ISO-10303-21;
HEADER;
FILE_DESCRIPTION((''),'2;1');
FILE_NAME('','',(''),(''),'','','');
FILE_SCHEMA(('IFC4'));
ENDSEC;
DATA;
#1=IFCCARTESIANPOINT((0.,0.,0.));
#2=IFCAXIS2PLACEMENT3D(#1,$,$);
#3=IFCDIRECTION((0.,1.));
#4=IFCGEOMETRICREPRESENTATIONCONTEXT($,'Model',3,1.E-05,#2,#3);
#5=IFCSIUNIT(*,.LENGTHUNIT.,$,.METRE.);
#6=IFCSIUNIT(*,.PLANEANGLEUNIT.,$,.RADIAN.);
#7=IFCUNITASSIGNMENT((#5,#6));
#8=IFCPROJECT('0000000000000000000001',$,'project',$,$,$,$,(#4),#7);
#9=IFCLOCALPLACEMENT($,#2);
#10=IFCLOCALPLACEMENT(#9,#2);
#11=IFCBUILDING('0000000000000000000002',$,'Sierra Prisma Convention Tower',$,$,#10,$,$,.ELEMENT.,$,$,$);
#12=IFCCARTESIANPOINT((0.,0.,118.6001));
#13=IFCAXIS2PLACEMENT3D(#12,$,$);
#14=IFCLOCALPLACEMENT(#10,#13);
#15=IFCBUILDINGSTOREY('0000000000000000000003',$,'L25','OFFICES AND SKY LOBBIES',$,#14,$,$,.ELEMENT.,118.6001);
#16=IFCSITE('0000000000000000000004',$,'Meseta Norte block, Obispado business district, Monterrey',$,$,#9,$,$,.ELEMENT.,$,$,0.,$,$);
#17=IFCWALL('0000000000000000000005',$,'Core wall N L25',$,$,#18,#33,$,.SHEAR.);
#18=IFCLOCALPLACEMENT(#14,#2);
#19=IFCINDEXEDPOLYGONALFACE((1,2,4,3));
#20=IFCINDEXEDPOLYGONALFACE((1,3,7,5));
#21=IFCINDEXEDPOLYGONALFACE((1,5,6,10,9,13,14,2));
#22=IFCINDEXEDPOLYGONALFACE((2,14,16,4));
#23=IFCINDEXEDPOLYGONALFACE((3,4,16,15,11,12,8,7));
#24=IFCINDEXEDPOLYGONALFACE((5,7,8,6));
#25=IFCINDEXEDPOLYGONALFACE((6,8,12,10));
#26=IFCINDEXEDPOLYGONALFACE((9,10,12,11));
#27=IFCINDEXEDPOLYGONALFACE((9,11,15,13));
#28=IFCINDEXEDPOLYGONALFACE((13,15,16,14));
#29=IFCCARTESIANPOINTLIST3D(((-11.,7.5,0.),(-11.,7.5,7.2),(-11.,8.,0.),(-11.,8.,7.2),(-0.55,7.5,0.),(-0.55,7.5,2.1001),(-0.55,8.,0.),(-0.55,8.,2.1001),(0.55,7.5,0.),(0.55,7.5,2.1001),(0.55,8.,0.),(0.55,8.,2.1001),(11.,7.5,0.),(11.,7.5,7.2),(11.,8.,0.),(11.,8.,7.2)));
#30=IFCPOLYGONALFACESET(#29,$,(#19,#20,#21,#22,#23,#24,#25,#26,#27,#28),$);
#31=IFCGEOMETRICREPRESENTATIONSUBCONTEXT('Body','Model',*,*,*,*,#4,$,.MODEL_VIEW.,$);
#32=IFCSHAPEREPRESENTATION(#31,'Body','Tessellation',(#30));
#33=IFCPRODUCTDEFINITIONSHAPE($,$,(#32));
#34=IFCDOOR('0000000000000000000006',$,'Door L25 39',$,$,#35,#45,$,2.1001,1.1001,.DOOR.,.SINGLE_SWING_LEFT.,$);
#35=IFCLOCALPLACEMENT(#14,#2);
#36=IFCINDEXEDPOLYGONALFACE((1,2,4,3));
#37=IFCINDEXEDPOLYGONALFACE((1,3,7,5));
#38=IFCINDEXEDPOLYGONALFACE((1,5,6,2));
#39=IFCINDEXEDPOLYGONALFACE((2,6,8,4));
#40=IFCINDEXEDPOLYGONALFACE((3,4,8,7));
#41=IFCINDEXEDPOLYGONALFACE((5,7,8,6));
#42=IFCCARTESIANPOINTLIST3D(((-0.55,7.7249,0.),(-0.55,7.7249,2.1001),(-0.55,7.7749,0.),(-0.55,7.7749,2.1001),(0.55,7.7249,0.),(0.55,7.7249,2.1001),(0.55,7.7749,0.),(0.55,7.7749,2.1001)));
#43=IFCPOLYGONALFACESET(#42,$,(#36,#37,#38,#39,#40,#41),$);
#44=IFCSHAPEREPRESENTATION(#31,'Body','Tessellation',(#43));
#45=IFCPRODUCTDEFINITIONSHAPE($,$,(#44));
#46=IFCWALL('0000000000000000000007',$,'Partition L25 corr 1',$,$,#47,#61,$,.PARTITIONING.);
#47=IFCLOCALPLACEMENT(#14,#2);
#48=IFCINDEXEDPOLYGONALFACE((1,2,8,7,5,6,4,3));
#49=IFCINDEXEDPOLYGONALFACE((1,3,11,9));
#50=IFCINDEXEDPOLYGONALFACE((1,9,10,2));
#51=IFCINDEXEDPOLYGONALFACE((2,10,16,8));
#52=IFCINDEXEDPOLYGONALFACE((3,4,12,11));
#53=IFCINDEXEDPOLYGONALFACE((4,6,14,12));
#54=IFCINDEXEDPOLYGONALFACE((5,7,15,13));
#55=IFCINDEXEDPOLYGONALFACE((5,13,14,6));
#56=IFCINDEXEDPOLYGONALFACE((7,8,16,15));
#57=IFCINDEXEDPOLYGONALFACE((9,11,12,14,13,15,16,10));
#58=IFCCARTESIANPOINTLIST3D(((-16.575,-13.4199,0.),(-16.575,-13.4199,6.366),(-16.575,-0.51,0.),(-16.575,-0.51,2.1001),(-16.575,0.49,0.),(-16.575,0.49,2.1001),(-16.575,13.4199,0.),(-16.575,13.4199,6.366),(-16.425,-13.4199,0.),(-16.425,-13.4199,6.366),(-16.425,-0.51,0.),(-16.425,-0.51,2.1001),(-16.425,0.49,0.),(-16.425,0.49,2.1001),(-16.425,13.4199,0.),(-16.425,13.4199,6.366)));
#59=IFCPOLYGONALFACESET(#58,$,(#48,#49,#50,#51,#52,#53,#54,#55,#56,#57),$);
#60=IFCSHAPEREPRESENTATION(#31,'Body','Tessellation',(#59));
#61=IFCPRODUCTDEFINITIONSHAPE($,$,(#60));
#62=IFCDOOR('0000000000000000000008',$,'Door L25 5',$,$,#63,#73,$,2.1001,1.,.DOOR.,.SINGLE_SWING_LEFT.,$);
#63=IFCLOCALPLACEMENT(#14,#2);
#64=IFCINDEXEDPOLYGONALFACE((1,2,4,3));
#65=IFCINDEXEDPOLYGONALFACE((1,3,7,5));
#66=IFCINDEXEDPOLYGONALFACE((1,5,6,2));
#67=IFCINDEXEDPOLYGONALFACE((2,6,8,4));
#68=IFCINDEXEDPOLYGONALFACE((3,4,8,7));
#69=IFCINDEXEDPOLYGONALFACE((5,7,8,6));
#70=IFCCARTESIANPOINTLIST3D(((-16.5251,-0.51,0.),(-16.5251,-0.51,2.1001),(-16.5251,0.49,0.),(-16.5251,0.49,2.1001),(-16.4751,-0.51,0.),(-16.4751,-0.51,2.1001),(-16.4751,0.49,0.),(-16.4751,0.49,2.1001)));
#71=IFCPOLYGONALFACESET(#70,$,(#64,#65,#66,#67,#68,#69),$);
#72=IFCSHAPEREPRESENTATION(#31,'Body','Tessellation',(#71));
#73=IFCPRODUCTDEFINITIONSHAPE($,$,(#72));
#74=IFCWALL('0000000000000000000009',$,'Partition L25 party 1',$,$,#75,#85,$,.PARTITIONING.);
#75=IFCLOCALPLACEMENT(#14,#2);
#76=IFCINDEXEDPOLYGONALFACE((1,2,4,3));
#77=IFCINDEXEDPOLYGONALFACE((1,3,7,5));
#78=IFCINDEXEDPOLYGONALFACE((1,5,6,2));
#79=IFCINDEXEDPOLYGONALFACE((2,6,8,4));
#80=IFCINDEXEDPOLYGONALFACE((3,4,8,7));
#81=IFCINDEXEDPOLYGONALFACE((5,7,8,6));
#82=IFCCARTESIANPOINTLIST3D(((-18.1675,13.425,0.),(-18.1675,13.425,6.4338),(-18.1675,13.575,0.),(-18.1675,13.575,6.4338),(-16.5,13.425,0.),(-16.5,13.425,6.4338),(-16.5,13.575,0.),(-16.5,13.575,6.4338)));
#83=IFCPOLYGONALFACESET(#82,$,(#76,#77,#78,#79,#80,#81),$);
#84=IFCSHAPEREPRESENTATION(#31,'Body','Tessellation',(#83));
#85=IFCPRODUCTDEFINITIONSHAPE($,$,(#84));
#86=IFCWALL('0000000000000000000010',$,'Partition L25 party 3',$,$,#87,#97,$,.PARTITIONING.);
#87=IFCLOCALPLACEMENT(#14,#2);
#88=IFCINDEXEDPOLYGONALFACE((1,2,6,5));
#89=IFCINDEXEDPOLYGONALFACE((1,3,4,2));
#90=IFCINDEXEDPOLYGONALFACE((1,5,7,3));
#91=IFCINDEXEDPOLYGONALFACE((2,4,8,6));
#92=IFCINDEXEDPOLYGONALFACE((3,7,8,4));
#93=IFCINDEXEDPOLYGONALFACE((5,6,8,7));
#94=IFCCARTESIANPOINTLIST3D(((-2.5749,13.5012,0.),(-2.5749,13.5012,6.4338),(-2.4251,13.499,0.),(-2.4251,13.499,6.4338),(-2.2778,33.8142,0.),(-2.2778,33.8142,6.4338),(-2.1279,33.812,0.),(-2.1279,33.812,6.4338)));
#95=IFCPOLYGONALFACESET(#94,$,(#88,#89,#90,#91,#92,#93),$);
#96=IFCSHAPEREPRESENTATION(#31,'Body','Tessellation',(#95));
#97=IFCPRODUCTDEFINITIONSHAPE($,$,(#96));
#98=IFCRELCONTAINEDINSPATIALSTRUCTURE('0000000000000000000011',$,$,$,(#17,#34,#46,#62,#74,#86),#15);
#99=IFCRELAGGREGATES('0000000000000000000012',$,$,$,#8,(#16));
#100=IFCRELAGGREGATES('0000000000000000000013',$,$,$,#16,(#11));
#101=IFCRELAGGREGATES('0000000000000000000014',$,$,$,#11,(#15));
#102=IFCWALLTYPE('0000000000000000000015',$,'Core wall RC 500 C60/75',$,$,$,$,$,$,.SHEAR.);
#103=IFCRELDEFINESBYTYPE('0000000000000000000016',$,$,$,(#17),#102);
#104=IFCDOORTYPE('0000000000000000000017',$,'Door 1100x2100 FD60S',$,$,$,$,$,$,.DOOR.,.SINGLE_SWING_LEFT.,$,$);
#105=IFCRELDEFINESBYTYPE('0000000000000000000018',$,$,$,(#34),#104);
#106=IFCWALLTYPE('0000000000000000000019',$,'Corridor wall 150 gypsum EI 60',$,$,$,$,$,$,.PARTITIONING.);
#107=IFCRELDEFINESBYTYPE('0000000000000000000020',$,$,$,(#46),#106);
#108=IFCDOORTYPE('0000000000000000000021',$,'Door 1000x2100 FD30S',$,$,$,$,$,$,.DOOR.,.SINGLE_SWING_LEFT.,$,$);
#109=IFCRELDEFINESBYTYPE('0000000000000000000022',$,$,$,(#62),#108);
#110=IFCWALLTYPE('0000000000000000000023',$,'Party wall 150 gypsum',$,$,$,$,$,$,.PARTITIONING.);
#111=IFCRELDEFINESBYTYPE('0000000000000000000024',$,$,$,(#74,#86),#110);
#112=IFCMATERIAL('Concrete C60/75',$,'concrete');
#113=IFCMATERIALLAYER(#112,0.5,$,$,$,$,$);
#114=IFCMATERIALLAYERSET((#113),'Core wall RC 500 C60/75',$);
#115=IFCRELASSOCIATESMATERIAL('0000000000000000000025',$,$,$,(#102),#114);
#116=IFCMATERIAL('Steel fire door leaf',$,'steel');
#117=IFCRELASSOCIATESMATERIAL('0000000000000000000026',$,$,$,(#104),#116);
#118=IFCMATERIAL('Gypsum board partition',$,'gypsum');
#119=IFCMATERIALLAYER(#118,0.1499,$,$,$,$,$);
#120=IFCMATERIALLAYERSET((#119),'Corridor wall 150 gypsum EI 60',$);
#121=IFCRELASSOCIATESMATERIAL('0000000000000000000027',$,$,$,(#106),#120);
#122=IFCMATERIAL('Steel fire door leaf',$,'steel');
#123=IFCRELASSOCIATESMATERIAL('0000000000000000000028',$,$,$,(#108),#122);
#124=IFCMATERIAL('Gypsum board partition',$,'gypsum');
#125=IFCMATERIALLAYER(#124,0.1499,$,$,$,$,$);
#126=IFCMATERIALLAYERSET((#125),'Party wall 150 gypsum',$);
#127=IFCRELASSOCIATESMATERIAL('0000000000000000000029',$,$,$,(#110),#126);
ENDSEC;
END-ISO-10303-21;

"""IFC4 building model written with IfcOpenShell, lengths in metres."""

from ifc_helpers import new_model, si_unit, direction, frame, frame_2d, origin, place, context, subcontext, project, spatial, rectangle, extrude, material, layer, layer_set, type_object, element, fill, save


model = new_model("IFC4")

# Units and contexts
model_context = context("Model", 3, precision=1e-05, world=origin(), true_north=direction((0.0, 1.0)))
body_context = subcontext(model_context, "Body", "Model", "MODEL_VIEW")
ifc_project = project(units=[si_unit("LENGTHUNIT", "METRE"), si_unit("PLANEANGLEUNIT", "RADIAN")], contexts=[model_context])

# Site, building, storey
site_placement = place(None, origin())
site = spatial("IfcSite", under=ifc_project, at=site_placement, Name="Meseta Norte block, Obispado business district, Monterrey", CompositionType="ELEMENT", RefElevation=0.0)
building_placement = place(site_placement, origin())
building = spatial("IfcBuilding", under=site, at=building_placement, Name="Sierra Prisma Convention Tower", CompositionType="ELEMENT")
storey_placement = place(building_placement, frame((0.0, 0.0, 118.6001)))
storey = spatial("IfcBuildingStorey", under=building, at=storey_placement, Name="L25", Description="OFFICES AND SKY LOBBIES", CompositionType="ELEMENT", Elevation=118.6001)

# Walls, openings, doors
ifc_material_1 = material(Name="Concrete C60/75", Category="concrete")
ifc_layer_1 = layer(ifc_material_1, 0.5)
ifc_layer_set_1 = layer_set([ifc_layer_1], Name="Core wall RC 500 C60/75")
wall_type_1 = type_object("IfcWallType", Name="Core wall RC 500 C60/75", PredefinedType="SHEAR", material=ifc_layer_set_1)
wall_1_placement = place(storey_placement, frame((-11.0, 7.75, 0.0), z_axis=(0.0, 0.0, 1.0), x_axis=(1.0, 0.0, 0.0)))
wall_1 = element("IfcWall", 1, at=wall_1_placement, inside=storey, type_object=wall_type_1, Name="Core wall N L25", PredefinedType="SHEAR", context=body_context, shape_type="SweptSolid", body=[
    extrude(rectangle(XDim=22.0, YDim=0.5, at=frame_2d((11.0, 0.0))), origin(), (0.0, 0.0, 1.0), 7.2),
])
opening_1_placement = place(wall_1_placement, frame((10.45, 0.0, 0.0)))
opening_1 = element("IfcOpeningElement", 2, at=opening_1_placement, cuts=wall_1, PredefinedType="OPENING", context=body_context, shape_type="SweptSolid", body=[
    extrude(rectangle(XDim=1.1001, YDim=2.1001, at=frame_2d((0.55, 1.05))), frame((0.0, 0.25, 0.0), z_axis=(0.0, -1.0, 0.0), x_axis=(1.0, 0.0, 0.0)), (0.0, 0.0, 1.0), 0.5),
])
ifc_material_2 = material(Name="Steel fire door leaf", Category="steel")
door_type_1 = type_object("IfcDoorType", Name="Door 1100x2100 FD60S", OperationType="SINGLE_SWING_LEFT", PredefinedType="DOOR", material=ifc_material_2)
door_1_placement = place(opening_1_placement, origin())
door_1 = element("IfcDoor", 3, at=door_1_placement, inside=storey, type_object=door_type_1, Name="Door L25 39", OperationType="SINGLE_SWING_LEFT", OverallHeight=2.1001, OverallWidth=1.1001, PredefinedType="DOOR", context=body_context, shape_type="SweptSolid", body=[
    extrude(rectangle(XDim=1.1001, YDim=2.1001, at=frame_2d((0.55, 1.05))), frame((0.0, 0.0249, 0.0), z_axis=(0.0, -1.0, 0.0), x_axis=(1.0, 0.0, 0.0)), (0.0, 0.0, 1.0), 0.05),
])
fill(opening_1, door_1)
ifc_material_3 = material(Name="Gypsum board partition", Category="gypsum")
ifc_layer_2 = layer(ifc_material_3, 0.1499)
ifc_layer_set_2 = layer_set([ifc_layer_2], Name="Corridor wall 150 gypsum EI 60")
wall_type_2 = type_object("IfcWallType", Name="Corridor wall 150 gypsum EI 60", PredefinedType="PARTITIONING", material=ifc_layer_set_2)
wall_2_placement = place(storey_placement, frame((-16.5, 13.4199, 0.0), z_axis=(0.0, 0.0, 1.0), x_axis=(0.0, -1.0, 0.0)))
wall_2 = element("IfcWall", 4, at=wall_2_placement, inside=storey, type_object=wall_type_2, Name="Partition L25 corr 1", PredefinedType="PARTITIONING", context=body_context, shape_type="SweptSolid", body=[
    extrude(rectangle(XDim=26.8398, YDim=0.1499, at=frame_2d((13.4199, 0.0))), origin(), (0.0, 0.0, 1.0), 6.366),
])
opening_2_placement = place(wall_2_placement, frame((12.9299, 0.0, 0.0)))
opening_2 = element("IfcOpeningElement", 5, at=opening_2_placement, cuts=wall_2, PredefinedType="OPENING", context=body_context, shape_type="SweptSolid", body=[
    extrude(rectangle(XDim=1.0, YDim=2.1001, at=frame_2d((0.5, 1.05))), frame((0.0, 0.075, 0.0), z_axis=(0.0, -1.0, 0.0), x_axis=(1.0, 0.0, 0.0)), (0.0, 0.0, 1.0), 0.1499),
])
ifc_material_4 = material(Name="Steel fire door leaf", Category="steel")
door_type_2 = type_object("IfcDoorType", Name="Door 1000x2100 FD30S", OperationType="SINGLE_SWING_LEFT", PredefinedType="DOOR", material=ifc_material_4)
door_2_placement = place(opening_2_placement, origin())
door_2 = element("IfcDoor", 6, at=door_2_placement, inside=storey, type_object=door_type_2, Name="Door L25 5", OperationType="SINGLE_SWING_LEFT", OverallHeight=2.1001, OverallWidth=1.0, PredefinedType="DOOR", context=body_context, shape_type="SweptSolid", body=[
    extrude(rectangle(XDim=1.0, YDim=2.1001, at=frame_2d((0.5, 1.05))), frame((0.0, 0.0249, 0.0), z_axis=(0.0, -1.0, 0.0), x_axis=(1.0, 0.0, 0.0)), (0.0, 0.0, 1.0), 0.05),
])
fill(opening_2, door_2)

# Walls
ifc_material_5 = material(Name="Gypsum board partition", Category="gypsum")
ifc_layer_3 = layer(ifc_material_5, 0.1499)
ifc_layer_set_3 = layer_set([ifc_layer_3], Name="Party wall 150 gypsum")
wall_type_3 = type_object("IfcWallType", Name="Party wall 150 gypsum", PredefinedType="PARTITIONING", material=ifc_layer_set_3)
wall_3_placement = place(storey_placement, frame((-16.5, 13.5, 0.0), z_axis=(0.0, 0.0, 1.0), x_axis=(-1.0, 0.0, 0.0)))
element("IfcWall", 7, at=wall_3_placement, inside=storey, type_object=wall_type_3, Name="Partition L25 party 1", PredefinedType="PARTITIONING", context=body_context, shape_type="SweptSolid", body=[
    extrude(rectangle(XDim=1.6675, YDim=0.1499, at=frame_2d((0.8337, 0.0))), origin(), (0.0, 0.0, 1.0), 6.4338),
])
wall_4_placement = place(storey_placement, frame((-2.5, 13.5, 0.0), z_axis=(0.0, 0.0, 1.0), x_axis=(0.014625, 0.999893, 0.0)))
element("IfcWall", 8, at=wall_4_placement, inside=storey, type_object=wall_type_3, Name="Partition L25 party 3", PredefinedType="PARTITIONING", context=body_context, shape_type="SweptSolid", body=[
    extrude(rectangle(XDim=20.3152, YDim=0.1499, at=frame_2d((10.1577, 0.0))), origin(), (0.0, 0.0, 1.0), 6.4338),
])

save(model, "model.ifc")
